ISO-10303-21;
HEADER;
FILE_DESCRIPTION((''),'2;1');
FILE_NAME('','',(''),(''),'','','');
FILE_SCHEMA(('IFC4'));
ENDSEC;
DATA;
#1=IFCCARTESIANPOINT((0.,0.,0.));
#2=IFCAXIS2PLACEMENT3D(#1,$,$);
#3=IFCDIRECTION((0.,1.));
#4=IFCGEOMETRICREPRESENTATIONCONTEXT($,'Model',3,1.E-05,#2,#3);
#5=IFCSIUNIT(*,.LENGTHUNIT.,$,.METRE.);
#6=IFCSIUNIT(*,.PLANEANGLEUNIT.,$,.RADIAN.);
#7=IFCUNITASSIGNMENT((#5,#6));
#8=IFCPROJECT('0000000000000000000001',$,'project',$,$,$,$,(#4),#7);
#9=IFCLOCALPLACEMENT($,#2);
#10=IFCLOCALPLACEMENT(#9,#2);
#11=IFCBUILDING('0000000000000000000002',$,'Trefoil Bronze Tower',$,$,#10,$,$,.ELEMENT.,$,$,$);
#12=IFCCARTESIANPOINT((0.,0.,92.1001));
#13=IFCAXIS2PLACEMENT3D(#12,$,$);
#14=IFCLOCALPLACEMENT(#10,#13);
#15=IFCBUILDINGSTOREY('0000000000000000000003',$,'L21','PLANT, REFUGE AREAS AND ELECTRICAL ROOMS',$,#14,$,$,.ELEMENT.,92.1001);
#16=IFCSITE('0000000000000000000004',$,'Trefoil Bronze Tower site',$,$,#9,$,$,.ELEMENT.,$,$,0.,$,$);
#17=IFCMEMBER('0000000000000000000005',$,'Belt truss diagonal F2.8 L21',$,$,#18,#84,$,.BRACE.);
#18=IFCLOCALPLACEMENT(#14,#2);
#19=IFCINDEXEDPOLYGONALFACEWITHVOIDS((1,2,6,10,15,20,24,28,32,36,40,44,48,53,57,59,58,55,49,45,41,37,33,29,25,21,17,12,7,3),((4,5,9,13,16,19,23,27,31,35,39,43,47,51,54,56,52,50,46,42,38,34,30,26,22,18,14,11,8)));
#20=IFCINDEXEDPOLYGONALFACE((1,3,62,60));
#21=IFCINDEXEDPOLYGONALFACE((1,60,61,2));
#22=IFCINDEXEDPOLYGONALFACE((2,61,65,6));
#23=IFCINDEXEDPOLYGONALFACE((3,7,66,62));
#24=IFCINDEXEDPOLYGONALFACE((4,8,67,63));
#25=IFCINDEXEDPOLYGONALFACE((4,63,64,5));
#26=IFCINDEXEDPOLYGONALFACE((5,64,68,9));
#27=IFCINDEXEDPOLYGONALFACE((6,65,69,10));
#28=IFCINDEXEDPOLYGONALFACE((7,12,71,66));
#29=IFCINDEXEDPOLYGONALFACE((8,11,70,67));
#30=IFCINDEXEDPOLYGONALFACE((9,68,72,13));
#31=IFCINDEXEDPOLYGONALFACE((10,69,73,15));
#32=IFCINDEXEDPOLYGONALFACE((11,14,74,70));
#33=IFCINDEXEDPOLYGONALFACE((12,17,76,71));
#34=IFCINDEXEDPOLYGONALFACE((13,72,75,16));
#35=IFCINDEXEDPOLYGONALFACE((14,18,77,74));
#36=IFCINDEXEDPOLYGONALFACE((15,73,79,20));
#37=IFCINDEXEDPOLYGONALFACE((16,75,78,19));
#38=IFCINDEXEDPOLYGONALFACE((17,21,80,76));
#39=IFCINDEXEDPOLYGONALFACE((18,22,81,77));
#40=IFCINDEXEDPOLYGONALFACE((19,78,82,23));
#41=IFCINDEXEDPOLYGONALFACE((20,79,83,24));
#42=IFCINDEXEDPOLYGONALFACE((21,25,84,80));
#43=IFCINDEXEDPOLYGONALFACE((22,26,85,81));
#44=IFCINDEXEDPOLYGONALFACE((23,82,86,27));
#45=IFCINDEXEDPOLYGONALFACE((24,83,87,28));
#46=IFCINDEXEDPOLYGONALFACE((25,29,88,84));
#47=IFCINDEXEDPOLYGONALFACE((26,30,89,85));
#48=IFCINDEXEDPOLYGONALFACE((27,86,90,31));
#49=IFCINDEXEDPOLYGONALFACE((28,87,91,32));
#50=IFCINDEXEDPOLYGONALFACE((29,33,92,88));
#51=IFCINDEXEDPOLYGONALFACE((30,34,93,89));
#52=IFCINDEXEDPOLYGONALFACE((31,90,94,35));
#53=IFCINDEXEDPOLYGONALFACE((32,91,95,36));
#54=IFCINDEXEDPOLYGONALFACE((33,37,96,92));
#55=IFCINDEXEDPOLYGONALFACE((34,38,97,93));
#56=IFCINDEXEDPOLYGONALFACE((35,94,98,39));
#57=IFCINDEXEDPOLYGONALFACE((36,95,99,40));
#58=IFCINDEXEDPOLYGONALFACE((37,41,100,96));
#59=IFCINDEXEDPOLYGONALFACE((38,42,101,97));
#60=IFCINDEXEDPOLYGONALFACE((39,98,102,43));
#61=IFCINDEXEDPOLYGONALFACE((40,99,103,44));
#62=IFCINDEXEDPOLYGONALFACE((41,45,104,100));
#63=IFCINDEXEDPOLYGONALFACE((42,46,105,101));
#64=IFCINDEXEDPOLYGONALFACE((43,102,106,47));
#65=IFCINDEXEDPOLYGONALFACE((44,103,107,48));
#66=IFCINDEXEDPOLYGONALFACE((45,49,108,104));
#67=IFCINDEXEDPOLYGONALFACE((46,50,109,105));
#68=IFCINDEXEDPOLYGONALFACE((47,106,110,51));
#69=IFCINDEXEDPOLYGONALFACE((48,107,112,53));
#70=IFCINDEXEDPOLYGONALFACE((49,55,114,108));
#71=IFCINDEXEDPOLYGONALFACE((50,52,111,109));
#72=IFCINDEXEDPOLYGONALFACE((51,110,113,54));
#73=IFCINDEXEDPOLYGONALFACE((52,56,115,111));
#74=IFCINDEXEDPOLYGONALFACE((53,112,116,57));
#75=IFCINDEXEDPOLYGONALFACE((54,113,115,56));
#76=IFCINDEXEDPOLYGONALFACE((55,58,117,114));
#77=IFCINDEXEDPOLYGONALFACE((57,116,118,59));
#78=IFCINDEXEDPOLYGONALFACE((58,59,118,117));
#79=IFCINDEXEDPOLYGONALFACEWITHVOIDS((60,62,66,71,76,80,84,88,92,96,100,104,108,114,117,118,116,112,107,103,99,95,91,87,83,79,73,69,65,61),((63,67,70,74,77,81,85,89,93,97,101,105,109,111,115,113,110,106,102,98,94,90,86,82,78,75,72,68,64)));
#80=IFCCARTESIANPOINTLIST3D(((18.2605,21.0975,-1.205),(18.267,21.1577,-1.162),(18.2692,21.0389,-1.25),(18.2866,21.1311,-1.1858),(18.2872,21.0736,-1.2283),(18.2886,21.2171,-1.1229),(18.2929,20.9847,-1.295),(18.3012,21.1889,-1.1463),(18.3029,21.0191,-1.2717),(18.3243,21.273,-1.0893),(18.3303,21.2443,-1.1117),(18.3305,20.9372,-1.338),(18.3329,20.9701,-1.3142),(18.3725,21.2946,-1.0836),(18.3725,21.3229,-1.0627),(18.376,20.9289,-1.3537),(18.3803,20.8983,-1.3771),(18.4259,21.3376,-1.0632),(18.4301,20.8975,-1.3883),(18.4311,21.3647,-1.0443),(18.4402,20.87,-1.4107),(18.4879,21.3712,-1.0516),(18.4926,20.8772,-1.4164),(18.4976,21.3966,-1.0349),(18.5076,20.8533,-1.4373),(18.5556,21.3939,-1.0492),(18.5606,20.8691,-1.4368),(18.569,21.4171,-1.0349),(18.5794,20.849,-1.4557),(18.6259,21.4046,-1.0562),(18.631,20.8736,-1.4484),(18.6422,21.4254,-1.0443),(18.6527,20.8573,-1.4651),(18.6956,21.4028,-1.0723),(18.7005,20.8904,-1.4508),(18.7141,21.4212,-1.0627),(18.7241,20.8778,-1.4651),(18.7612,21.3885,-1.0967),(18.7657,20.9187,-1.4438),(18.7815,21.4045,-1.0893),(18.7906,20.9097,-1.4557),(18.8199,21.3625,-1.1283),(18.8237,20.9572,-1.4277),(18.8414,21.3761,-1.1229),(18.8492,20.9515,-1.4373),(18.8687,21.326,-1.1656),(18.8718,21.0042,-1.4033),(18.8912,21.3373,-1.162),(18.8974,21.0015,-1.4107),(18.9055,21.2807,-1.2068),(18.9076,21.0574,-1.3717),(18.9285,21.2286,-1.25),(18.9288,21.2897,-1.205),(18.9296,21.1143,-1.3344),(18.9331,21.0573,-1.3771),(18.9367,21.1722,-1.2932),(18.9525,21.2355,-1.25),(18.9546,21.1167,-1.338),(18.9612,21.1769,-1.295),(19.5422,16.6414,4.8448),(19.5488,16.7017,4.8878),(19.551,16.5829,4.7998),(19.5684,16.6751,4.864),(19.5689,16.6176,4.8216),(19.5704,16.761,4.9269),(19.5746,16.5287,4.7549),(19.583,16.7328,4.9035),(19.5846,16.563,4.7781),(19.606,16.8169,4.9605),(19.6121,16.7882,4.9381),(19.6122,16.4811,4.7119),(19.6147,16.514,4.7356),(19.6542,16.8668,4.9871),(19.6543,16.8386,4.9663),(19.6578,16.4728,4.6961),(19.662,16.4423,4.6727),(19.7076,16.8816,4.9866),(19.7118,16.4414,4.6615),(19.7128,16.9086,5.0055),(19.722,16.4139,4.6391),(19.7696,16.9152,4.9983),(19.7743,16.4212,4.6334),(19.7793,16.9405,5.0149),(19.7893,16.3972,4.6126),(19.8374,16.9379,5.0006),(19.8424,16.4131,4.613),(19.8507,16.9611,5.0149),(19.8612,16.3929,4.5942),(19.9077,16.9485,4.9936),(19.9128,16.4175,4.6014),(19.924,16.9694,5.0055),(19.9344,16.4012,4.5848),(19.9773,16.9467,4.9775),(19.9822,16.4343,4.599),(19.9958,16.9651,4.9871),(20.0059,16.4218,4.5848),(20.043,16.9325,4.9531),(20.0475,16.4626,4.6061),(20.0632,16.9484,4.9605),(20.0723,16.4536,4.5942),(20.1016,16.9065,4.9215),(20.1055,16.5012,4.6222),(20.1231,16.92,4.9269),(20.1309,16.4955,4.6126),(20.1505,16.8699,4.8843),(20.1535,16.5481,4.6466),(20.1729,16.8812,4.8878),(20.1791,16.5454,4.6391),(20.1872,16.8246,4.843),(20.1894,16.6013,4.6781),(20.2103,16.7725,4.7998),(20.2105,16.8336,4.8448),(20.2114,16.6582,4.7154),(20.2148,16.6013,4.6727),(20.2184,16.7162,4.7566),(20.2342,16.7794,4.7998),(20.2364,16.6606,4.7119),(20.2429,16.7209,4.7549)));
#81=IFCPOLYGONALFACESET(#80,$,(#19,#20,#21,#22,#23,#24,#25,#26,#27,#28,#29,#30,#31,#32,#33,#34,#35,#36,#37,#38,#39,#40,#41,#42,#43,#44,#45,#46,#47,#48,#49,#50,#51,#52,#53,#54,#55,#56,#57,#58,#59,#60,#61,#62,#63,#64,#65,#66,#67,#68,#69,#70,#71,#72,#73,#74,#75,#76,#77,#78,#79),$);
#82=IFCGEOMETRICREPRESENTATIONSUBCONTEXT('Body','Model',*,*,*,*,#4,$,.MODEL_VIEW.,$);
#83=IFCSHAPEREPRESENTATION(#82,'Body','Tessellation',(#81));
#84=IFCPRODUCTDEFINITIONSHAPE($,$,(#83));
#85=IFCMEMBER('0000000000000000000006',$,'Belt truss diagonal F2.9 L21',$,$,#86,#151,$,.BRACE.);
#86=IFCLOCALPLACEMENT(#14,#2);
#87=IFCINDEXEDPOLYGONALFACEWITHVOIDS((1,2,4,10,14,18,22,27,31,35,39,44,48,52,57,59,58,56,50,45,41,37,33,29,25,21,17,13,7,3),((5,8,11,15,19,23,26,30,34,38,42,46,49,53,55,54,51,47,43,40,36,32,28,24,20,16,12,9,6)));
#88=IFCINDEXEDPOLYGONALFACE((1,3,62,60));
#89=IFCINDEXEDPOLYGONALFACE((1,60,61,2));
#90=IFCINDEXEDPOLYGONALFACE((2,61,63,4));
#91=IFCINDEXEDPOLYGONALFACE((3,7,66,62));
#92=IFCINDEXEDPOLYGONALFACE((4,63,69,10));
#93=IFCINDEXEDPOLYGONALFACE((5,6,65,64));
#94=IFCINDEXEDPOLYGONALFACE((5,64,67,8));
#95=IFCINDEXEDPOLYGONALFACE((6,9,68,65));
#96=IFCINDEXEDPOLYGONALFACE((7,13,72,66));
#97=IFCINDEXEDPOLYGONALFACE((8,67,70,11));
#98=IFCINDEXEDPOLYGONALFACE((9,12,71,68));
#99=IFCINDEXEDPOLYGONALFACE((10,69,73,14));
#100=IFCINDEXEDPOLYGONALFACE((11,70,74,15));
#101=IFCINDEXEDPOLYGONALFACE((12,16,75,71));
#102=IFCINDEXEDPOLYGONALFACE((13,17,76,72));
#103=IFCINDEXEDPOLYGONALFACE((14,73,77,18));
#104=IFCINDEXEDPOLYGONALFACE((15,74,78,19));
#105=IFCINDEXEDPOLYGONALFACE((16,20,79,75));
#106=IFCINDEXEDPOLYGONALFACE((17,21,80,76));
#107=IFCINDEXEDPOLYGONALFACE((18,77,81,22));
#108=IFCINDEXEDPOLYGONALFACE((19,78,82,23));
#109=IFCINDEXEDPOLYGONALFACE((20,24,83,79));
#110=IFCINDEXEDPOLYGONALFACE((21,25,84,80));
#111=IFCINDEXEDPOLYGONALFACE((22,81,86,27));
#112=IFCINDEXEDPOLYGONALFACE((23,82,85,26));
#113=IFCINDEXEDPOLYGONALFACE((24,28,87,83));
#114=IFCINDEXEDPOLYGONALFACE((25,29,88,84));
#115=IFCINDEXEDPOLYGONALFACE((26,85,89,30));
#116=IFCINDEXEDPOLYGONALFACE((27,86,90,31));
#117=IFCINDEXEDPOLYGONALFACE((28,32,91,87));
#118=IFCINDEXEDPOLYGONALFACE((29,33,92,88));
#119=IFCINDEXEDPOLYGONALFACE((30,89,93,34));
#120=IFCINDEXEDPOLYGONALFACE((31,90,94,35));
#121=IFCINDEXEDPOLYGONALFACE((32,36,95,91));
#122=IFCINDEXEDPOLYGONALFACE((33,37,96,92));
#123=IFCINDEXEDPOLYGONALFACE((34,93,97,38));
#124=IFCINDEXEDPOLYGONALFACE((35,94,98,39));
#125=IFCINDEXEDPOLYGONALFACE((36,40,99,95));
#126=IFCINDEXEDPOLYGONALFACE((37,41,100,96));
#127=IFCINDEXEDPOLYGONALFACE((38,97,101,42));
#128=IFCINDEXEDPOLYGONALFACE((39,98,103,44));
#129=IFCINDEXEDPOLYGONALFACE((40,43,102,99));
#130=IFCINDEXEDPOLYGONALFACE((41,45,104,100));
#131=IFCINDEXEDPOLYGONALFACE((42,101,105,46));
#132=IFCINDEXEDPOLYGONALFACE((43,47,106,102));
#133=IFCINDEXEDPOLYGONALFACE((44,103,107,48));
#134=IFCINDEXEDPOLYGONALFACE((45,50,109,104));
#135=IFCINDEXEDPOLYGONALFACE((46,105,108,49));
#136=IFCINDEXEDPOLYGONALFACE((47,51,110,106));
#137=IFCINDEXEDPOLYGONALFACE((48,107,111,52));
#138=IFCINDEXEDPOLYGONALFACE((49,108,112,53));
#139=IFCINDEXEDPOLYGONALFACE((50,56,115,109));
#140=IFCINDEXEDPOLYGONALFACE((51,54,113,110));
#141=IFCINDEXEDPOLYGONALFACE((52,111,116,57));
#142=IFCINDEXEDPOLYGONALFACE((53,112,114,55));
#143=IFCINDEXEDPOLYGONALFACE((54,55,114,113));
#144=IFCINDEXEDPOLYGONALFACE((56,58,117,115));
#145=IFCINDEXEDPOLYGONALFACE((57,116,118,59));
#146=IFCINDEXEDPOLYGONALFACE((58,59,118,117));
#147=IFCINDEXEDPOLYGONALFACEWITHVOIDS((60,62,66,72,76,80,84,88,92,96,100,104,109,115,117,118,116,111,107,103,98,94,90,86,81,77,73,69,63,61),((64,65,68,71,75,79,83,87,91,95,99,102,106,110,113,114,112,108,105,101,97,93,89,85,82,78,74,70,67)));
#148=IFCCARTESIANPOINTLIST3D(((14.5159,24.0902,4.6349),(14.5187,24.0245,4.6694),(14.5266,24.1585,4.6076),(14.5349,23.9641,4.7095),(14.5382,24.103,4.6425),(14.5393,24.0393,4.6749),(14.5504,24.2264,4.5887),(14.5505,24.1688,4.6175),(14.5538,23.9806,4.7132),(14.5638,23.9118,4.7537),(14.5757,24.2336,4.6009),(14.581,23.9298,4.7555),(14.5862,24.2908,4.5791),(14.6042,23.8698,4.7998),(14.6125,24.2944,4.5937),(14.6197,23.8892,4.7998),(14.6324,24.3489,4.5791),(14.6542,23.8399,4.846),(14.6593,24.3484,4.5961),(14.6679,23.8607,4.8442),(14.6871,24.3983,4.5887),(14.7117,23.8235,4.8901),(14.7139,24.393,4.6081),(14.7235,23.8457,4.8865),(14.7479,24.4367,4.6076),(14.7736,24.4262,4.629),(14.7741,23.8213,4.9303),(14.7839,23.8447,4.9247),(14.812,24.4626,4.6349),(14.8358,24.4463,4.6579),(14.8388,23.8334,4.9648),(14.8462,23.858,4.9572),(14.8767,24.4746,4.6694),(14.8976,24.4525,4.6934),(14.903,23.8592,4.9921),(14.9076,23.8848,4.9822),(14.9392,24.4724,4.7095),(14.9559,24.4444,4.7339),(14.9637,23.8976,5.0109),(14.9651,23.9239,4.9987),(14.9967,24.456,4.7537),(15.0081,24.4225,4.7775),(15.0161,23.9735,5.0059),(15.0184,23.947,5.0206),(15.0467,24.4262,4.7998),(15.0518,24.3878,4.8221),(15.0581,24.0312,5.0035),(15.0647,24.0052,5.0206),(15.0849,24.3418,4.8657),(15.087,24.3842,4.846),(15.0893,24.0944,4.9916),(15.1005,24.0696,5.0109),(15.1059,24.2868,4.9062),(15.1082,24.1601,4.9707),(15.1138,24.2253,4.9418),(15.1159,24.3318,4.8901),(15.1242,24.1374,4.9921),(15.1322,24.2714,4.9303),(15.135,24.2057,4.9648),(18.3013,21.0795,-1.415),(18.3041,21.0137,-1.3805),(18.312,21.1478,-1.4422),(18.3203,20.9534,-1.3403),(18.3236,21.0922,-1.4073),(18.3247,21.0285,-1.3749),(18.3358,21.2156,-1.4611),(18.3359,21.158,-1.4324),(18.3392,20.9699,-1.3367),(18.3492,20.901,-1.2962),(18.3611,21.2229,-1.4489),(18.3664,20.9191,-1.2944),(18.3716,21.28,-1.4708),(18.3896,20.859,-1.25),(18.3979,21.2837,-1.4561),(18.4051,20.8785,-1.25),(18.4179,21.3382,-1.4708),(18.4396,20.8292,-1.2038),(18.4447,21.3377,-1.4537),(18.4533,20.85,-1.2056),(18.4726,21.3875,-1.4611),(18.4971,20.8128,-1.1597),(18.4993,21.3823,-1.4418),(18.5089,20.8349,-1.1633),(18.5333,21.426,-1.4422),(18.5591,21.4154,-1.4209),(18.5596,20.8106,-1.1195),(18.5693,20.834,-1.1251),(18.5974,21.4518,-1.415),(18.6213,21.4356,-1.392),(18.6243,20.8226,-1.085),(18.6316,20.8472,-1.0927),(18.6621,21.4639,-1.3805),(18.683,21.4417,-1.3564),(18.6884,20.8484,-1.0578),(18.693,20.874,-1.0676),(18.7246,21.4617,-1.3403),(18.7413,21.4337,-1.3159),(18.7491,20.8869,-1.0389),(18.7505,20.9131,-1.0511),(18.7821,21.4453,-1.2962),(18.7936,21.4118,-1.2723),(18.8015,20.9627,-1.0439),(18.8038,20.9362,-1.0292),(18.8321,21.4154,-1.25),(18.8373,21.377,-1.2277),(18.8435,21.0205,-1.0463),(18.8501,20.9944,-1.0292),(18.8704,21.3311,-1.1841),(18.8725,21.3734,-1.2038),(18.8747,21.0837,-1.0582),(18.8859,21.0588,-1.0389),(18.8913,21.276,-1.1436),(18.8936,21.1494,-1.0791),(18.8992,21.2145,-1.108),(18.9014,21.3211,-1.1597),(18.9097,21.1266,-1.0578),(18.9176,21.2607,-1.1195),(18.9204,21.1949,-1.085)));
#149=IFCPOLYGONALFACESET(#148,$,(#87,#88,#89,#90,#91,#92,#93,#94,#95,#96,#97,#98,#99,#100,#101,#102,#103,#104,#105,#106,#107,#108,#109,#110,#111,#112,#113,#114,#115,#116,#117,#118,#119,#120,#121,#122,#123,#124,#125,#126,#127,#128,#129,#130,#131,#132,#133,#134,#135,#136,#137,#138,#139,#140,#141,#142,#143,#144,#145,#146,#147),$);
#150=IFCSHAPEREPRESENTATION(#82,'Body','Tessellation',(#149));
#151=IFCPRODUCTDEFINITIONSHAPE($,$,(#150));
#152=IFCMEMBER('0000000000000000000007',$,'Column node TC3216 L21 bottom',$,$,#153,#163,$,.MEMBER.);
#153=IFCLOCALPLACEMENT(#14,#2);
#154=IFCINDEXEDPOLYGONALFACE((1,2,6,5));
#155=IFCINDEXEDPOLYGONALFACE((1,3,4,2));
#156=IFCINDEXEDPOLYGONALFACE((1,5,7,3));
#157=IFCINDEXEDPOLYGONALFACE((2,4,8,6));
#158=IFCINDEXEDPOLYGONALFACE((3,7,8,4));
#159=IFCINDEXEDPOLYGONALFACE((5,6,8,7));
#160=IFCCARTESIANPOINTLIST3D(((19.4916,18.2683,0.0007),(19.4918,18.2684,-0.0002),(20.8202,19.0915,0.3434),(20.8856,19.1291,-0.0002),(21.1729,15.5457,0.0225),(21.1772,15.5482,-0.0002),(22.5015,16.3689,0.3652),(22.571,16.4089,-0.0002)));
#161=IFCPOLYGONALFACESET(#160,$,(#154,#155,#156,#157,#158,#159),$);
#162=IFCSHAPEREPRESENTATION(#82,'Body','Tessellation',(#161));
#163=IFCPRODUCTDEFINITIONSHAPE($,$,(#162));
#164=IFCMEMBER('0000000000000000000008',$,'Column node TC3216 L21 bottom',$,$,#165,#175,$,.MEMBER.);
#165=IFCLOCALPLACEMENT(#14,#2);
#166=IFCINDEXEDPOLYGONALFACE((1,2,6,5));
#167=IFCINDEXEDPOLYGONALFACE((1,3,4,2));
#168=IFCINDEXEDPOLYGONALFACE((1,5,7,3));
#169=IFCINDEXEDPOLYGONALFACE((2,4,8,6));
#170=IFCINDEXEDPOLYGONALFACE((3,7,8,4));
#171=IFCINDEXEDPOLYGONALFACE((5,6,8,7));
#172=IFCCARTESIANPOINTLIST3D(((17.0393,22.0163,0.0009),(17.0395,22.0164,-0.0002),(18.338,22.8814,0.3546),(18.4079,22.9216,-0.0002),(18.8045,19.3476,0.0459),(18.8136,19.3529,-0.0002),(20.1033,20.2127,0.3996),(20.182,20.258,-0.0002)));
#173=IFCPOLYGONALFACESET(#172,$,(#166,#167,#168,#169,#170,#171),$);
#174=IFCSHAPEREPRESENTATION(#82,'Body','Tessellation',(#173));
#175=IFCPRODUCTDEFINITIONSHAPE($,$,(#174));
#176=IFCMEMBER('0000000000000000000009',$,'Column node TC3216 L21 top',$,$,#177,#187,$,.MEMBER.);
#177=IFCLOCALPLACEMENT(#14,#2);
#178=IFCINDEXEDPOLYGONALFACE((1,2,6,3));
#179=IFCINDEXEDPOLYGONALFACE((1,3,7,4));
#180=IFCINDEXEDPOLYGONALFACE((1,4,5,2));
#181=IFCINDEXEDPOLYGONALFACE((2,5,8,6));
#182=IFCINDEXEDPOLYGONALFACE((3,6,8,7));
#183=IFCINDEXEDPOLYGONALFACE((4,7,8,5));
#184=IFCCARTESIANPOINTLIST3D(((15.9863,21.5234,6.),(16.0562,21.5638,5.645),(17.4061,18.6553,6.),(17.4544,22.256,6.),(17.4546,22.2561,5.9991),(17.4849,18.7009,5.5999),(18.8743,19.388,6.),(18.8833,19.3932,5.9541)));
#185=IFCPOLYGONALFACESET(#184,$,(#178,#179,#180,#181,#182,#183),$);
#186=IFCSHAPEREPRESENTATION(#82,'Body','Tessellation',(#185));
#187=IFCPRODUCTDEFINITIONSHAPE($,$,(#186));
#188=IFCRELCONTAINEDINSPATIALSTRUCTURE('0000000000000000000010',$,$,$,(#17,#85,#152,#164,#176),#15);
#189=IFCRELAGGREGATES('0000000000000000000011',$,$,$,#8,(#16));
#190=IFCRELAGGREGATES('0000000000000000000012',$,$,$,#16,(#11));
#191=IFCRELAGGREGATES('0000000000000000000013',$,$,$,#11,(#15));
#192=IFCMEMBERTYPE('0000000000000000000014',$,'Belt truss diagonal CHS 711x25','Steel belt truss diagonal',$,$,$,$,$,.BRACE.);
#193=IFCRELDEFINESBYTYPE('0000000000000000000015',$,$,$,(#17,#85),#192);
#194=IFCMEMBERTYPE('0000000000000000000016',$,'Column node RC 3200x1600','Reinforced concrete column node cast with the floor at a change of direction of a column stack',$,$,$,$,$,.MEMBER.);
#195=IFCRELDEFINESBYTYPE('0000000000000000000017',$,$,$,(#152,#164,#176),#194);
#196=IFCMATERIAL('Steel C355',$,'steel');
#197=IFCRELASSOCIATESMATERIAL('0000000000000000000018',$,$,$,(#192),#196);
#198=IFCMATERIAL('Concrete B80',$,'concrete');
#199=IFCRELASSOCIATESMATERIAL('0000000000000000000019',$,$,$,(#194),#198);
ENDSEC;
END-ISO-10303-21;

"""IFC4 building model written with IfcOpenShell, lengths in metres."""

from ifc_helpers import new_model, si_unit, direction, frame, origin, origin_2d, place, context, subcontext, project, spatial, rectangle, hollow_circle, extrude, clip, halfspace, material, material_profile, profile_set, type_object, element, save


model = new_model("IFC4")

# Units and contexts
model_context = context("Model", 3, precision=1e-05, world=origin(), true_north=direction((0.0, 1.0)))
body_context = subcontext(model_context, "Body", "Model", "MODEL_VIEW")
ifc_project = project(units=[si_unit("LENGTHUNIT", "METRE"), si_unit("PLANEANGLEUNIT", "RADIAN")], contexts=[model_context])

# Site, building, storey
site_placement = place(None, origin())
site = spatial("IfcSite", under=ifc_project, at=site_placement, Name="Trefoil Bronze Tower site", CompositionType="ELEMENT", RefElevation=0.0)
building_placement = place(site_placement, origin())
building = spatial("IfcBuilding", under=site, at=building_placement, Name="Trefoil Bronze Tower", CompositionType="ELEMENT")
storey_placement = place(building_placement, frame((0.0, 0.0, 92.1001)))
storey = spatial("IfcBuildingStorey", under=building, at=storey_placement, Name="L21", Description="PLANT, REFUGE AREAS AND ELECTRICAL ROOMS", CompositionType="ELEMENT", Elevation=92.1001)

# Members
ifc_material_1 = material(Name="Steel C355", Category="steel")
ifc_material_profile_1 = material_profile(ifc_material_1, hollow_circle(Radius=0.3555, WallThickness=0.0249, at=origin_2d()), Name="CHS 711x25")
ifc_profile_set_1 = profile_set([ifc_material_profile_1], Name="Steel C355")
member_type_1 = type_object("IfcMemberType", Name="Belt truss diagonal CHS 711x25", Description="Steel belt truss diagonal", PredefinedType="BRACE", material=ifc_profile_set_1)
member_1_placement = place(storey_placement, frame((18.6108, 21.1372, -1.25), z_axis=(0.168156, -0.584608, 0.793698), x_axis=(0.961034, 0.276431, 0.0)))
element("IfcMember", 1, at=member_1_placement, inside=storey, type_object=member_type_1, Name="Belt truss diagonal F2.8 L21", PredefinedType="BRACE", context=body_context, shape_type="SweptSolid", body=[
    extrude(hollow_circle(Radius=0.3555, WallThickness=0.0249, at=origin_2d()), origin(), (0.0, 0.0, 1.0), 7.6223),
])
member_2_placement = place(storey_placement, frame((18.6108, 21.1372, -1.25), z_axis=(-0.488718, 0.388705, 0.781066), x_axis=(-0.622476, -0.782638, 0.0)))
element("IfcMember", 2, at=member_2_placement, inside=storey, type_object=member_type_1, Name="Belt truss diagonal F2.9 L21", PredefinedType="BRACE", context=body_context, shape_type="SweptSolid", body=[
    extrude(hollow_circle(Radius=0.3555, WallThickness=0.0249, at=origin_2d()), origin(), (0.0, 0.0, 1.0), 7.7456),
])
ifc_material_2 = material(Name="Concrete B80", Category="concrete")
ifc_material_profile_2 = material_profile(ifc_material_2, rectangle(XDim=3.2, YDim=1.6001, at=origin_2d()), Name="RC 3200x1600")
ifc_profile_set_2 = profile_set([ifc_material_profile_2], Name="Concrete B80")
member_type_2 = type_object("IfcMemberType", Name="Column node RC 3200x1600", Description="Reinforced concrete column node cast with the floor at a change of direction of a column stack", PredefinedType="MEMBER", material=ifc_profile_set_2)
member_3_placement = place(storey_placement, frame((21.0662, 17.3586, -0.1831), z_axis=(-0.185711, -0.106865, 0.976776), x_axis=(-0.525411, 0.850821, -0.00681)))
element("IfcMember", 3, at=member_3_placement, inside=storey, type_object=member_type_2, Name="Column node TC3216 L21 bottom", PredefinedType="MEMBER", context=body_context, shape_type="Clipping", body=[
    clip(extrude(rectangle(XDim=3.2, YDim=1.6001, at=origin_2d()), origin(), (0.0, 0.0, 1.0), 0.3748), halfspace(frame((0.0, 0.0, 0.1873), z_axis=(-0.00681, -0.214155, 0.976776), x_axis=(0.0, 0.976799, 0.21416)), True)),
])
member_4_placement = place(storey_placement, frame((18.6501, 21.1599, -0.2004), z_axis=(-0.191942, -0.11053, 0.975162), x_axis=(-0.551648, 0.833959, -0.014056)))
element("IfcMember", 4, at=member_4_placement, inside=storey, type_object=member_type_2, Name="Column node TC3216 L21 bottom", PredefinedType="MEMBER", context=body_context, shape_type="Clipping", body=[
    clip(extrude(rectangle(XDim=3.2, YDim=1.6001, at=origin_2d()), origin(), (0.0, 0.0, 1.0), 0.4109), halfspace(frame((0.0, 0.0, 0.2053), z_axis=(-0.014056, -0.221046, 0.975162), x_axis=(0.0, 0.975258, 0.221068)), True)),
])
member_5_placement = place(storey_placement, frame((17.3909, 20.4329, 6.2002), z_axis=(0.19193, 0.111117, -0.975098), x_axis=(0.446473, -0.894686, -0.014074)))
element("IfcMember", 5, at=member_5_placement, inside=storey, type_object=member_type_2, Name="Column node TC3216 L21 top", PredefinedType="MEMBER", context=body_context, shape_type="Clipping", body=[
    clip(extrude(rectangle(XDim=3.2, YDim=1.6001, at=origin_2d()), origin(), (0.0, 0.0, 1.0), 0.4109), halfspace(frame((0.0, 0.0, 0.2053), z_axis=(0.014074, 0.221328, 0.975098), x_axis=(0.0, 0.975195, -0.22135)), True)),
])

save(model, "model.ifc")
